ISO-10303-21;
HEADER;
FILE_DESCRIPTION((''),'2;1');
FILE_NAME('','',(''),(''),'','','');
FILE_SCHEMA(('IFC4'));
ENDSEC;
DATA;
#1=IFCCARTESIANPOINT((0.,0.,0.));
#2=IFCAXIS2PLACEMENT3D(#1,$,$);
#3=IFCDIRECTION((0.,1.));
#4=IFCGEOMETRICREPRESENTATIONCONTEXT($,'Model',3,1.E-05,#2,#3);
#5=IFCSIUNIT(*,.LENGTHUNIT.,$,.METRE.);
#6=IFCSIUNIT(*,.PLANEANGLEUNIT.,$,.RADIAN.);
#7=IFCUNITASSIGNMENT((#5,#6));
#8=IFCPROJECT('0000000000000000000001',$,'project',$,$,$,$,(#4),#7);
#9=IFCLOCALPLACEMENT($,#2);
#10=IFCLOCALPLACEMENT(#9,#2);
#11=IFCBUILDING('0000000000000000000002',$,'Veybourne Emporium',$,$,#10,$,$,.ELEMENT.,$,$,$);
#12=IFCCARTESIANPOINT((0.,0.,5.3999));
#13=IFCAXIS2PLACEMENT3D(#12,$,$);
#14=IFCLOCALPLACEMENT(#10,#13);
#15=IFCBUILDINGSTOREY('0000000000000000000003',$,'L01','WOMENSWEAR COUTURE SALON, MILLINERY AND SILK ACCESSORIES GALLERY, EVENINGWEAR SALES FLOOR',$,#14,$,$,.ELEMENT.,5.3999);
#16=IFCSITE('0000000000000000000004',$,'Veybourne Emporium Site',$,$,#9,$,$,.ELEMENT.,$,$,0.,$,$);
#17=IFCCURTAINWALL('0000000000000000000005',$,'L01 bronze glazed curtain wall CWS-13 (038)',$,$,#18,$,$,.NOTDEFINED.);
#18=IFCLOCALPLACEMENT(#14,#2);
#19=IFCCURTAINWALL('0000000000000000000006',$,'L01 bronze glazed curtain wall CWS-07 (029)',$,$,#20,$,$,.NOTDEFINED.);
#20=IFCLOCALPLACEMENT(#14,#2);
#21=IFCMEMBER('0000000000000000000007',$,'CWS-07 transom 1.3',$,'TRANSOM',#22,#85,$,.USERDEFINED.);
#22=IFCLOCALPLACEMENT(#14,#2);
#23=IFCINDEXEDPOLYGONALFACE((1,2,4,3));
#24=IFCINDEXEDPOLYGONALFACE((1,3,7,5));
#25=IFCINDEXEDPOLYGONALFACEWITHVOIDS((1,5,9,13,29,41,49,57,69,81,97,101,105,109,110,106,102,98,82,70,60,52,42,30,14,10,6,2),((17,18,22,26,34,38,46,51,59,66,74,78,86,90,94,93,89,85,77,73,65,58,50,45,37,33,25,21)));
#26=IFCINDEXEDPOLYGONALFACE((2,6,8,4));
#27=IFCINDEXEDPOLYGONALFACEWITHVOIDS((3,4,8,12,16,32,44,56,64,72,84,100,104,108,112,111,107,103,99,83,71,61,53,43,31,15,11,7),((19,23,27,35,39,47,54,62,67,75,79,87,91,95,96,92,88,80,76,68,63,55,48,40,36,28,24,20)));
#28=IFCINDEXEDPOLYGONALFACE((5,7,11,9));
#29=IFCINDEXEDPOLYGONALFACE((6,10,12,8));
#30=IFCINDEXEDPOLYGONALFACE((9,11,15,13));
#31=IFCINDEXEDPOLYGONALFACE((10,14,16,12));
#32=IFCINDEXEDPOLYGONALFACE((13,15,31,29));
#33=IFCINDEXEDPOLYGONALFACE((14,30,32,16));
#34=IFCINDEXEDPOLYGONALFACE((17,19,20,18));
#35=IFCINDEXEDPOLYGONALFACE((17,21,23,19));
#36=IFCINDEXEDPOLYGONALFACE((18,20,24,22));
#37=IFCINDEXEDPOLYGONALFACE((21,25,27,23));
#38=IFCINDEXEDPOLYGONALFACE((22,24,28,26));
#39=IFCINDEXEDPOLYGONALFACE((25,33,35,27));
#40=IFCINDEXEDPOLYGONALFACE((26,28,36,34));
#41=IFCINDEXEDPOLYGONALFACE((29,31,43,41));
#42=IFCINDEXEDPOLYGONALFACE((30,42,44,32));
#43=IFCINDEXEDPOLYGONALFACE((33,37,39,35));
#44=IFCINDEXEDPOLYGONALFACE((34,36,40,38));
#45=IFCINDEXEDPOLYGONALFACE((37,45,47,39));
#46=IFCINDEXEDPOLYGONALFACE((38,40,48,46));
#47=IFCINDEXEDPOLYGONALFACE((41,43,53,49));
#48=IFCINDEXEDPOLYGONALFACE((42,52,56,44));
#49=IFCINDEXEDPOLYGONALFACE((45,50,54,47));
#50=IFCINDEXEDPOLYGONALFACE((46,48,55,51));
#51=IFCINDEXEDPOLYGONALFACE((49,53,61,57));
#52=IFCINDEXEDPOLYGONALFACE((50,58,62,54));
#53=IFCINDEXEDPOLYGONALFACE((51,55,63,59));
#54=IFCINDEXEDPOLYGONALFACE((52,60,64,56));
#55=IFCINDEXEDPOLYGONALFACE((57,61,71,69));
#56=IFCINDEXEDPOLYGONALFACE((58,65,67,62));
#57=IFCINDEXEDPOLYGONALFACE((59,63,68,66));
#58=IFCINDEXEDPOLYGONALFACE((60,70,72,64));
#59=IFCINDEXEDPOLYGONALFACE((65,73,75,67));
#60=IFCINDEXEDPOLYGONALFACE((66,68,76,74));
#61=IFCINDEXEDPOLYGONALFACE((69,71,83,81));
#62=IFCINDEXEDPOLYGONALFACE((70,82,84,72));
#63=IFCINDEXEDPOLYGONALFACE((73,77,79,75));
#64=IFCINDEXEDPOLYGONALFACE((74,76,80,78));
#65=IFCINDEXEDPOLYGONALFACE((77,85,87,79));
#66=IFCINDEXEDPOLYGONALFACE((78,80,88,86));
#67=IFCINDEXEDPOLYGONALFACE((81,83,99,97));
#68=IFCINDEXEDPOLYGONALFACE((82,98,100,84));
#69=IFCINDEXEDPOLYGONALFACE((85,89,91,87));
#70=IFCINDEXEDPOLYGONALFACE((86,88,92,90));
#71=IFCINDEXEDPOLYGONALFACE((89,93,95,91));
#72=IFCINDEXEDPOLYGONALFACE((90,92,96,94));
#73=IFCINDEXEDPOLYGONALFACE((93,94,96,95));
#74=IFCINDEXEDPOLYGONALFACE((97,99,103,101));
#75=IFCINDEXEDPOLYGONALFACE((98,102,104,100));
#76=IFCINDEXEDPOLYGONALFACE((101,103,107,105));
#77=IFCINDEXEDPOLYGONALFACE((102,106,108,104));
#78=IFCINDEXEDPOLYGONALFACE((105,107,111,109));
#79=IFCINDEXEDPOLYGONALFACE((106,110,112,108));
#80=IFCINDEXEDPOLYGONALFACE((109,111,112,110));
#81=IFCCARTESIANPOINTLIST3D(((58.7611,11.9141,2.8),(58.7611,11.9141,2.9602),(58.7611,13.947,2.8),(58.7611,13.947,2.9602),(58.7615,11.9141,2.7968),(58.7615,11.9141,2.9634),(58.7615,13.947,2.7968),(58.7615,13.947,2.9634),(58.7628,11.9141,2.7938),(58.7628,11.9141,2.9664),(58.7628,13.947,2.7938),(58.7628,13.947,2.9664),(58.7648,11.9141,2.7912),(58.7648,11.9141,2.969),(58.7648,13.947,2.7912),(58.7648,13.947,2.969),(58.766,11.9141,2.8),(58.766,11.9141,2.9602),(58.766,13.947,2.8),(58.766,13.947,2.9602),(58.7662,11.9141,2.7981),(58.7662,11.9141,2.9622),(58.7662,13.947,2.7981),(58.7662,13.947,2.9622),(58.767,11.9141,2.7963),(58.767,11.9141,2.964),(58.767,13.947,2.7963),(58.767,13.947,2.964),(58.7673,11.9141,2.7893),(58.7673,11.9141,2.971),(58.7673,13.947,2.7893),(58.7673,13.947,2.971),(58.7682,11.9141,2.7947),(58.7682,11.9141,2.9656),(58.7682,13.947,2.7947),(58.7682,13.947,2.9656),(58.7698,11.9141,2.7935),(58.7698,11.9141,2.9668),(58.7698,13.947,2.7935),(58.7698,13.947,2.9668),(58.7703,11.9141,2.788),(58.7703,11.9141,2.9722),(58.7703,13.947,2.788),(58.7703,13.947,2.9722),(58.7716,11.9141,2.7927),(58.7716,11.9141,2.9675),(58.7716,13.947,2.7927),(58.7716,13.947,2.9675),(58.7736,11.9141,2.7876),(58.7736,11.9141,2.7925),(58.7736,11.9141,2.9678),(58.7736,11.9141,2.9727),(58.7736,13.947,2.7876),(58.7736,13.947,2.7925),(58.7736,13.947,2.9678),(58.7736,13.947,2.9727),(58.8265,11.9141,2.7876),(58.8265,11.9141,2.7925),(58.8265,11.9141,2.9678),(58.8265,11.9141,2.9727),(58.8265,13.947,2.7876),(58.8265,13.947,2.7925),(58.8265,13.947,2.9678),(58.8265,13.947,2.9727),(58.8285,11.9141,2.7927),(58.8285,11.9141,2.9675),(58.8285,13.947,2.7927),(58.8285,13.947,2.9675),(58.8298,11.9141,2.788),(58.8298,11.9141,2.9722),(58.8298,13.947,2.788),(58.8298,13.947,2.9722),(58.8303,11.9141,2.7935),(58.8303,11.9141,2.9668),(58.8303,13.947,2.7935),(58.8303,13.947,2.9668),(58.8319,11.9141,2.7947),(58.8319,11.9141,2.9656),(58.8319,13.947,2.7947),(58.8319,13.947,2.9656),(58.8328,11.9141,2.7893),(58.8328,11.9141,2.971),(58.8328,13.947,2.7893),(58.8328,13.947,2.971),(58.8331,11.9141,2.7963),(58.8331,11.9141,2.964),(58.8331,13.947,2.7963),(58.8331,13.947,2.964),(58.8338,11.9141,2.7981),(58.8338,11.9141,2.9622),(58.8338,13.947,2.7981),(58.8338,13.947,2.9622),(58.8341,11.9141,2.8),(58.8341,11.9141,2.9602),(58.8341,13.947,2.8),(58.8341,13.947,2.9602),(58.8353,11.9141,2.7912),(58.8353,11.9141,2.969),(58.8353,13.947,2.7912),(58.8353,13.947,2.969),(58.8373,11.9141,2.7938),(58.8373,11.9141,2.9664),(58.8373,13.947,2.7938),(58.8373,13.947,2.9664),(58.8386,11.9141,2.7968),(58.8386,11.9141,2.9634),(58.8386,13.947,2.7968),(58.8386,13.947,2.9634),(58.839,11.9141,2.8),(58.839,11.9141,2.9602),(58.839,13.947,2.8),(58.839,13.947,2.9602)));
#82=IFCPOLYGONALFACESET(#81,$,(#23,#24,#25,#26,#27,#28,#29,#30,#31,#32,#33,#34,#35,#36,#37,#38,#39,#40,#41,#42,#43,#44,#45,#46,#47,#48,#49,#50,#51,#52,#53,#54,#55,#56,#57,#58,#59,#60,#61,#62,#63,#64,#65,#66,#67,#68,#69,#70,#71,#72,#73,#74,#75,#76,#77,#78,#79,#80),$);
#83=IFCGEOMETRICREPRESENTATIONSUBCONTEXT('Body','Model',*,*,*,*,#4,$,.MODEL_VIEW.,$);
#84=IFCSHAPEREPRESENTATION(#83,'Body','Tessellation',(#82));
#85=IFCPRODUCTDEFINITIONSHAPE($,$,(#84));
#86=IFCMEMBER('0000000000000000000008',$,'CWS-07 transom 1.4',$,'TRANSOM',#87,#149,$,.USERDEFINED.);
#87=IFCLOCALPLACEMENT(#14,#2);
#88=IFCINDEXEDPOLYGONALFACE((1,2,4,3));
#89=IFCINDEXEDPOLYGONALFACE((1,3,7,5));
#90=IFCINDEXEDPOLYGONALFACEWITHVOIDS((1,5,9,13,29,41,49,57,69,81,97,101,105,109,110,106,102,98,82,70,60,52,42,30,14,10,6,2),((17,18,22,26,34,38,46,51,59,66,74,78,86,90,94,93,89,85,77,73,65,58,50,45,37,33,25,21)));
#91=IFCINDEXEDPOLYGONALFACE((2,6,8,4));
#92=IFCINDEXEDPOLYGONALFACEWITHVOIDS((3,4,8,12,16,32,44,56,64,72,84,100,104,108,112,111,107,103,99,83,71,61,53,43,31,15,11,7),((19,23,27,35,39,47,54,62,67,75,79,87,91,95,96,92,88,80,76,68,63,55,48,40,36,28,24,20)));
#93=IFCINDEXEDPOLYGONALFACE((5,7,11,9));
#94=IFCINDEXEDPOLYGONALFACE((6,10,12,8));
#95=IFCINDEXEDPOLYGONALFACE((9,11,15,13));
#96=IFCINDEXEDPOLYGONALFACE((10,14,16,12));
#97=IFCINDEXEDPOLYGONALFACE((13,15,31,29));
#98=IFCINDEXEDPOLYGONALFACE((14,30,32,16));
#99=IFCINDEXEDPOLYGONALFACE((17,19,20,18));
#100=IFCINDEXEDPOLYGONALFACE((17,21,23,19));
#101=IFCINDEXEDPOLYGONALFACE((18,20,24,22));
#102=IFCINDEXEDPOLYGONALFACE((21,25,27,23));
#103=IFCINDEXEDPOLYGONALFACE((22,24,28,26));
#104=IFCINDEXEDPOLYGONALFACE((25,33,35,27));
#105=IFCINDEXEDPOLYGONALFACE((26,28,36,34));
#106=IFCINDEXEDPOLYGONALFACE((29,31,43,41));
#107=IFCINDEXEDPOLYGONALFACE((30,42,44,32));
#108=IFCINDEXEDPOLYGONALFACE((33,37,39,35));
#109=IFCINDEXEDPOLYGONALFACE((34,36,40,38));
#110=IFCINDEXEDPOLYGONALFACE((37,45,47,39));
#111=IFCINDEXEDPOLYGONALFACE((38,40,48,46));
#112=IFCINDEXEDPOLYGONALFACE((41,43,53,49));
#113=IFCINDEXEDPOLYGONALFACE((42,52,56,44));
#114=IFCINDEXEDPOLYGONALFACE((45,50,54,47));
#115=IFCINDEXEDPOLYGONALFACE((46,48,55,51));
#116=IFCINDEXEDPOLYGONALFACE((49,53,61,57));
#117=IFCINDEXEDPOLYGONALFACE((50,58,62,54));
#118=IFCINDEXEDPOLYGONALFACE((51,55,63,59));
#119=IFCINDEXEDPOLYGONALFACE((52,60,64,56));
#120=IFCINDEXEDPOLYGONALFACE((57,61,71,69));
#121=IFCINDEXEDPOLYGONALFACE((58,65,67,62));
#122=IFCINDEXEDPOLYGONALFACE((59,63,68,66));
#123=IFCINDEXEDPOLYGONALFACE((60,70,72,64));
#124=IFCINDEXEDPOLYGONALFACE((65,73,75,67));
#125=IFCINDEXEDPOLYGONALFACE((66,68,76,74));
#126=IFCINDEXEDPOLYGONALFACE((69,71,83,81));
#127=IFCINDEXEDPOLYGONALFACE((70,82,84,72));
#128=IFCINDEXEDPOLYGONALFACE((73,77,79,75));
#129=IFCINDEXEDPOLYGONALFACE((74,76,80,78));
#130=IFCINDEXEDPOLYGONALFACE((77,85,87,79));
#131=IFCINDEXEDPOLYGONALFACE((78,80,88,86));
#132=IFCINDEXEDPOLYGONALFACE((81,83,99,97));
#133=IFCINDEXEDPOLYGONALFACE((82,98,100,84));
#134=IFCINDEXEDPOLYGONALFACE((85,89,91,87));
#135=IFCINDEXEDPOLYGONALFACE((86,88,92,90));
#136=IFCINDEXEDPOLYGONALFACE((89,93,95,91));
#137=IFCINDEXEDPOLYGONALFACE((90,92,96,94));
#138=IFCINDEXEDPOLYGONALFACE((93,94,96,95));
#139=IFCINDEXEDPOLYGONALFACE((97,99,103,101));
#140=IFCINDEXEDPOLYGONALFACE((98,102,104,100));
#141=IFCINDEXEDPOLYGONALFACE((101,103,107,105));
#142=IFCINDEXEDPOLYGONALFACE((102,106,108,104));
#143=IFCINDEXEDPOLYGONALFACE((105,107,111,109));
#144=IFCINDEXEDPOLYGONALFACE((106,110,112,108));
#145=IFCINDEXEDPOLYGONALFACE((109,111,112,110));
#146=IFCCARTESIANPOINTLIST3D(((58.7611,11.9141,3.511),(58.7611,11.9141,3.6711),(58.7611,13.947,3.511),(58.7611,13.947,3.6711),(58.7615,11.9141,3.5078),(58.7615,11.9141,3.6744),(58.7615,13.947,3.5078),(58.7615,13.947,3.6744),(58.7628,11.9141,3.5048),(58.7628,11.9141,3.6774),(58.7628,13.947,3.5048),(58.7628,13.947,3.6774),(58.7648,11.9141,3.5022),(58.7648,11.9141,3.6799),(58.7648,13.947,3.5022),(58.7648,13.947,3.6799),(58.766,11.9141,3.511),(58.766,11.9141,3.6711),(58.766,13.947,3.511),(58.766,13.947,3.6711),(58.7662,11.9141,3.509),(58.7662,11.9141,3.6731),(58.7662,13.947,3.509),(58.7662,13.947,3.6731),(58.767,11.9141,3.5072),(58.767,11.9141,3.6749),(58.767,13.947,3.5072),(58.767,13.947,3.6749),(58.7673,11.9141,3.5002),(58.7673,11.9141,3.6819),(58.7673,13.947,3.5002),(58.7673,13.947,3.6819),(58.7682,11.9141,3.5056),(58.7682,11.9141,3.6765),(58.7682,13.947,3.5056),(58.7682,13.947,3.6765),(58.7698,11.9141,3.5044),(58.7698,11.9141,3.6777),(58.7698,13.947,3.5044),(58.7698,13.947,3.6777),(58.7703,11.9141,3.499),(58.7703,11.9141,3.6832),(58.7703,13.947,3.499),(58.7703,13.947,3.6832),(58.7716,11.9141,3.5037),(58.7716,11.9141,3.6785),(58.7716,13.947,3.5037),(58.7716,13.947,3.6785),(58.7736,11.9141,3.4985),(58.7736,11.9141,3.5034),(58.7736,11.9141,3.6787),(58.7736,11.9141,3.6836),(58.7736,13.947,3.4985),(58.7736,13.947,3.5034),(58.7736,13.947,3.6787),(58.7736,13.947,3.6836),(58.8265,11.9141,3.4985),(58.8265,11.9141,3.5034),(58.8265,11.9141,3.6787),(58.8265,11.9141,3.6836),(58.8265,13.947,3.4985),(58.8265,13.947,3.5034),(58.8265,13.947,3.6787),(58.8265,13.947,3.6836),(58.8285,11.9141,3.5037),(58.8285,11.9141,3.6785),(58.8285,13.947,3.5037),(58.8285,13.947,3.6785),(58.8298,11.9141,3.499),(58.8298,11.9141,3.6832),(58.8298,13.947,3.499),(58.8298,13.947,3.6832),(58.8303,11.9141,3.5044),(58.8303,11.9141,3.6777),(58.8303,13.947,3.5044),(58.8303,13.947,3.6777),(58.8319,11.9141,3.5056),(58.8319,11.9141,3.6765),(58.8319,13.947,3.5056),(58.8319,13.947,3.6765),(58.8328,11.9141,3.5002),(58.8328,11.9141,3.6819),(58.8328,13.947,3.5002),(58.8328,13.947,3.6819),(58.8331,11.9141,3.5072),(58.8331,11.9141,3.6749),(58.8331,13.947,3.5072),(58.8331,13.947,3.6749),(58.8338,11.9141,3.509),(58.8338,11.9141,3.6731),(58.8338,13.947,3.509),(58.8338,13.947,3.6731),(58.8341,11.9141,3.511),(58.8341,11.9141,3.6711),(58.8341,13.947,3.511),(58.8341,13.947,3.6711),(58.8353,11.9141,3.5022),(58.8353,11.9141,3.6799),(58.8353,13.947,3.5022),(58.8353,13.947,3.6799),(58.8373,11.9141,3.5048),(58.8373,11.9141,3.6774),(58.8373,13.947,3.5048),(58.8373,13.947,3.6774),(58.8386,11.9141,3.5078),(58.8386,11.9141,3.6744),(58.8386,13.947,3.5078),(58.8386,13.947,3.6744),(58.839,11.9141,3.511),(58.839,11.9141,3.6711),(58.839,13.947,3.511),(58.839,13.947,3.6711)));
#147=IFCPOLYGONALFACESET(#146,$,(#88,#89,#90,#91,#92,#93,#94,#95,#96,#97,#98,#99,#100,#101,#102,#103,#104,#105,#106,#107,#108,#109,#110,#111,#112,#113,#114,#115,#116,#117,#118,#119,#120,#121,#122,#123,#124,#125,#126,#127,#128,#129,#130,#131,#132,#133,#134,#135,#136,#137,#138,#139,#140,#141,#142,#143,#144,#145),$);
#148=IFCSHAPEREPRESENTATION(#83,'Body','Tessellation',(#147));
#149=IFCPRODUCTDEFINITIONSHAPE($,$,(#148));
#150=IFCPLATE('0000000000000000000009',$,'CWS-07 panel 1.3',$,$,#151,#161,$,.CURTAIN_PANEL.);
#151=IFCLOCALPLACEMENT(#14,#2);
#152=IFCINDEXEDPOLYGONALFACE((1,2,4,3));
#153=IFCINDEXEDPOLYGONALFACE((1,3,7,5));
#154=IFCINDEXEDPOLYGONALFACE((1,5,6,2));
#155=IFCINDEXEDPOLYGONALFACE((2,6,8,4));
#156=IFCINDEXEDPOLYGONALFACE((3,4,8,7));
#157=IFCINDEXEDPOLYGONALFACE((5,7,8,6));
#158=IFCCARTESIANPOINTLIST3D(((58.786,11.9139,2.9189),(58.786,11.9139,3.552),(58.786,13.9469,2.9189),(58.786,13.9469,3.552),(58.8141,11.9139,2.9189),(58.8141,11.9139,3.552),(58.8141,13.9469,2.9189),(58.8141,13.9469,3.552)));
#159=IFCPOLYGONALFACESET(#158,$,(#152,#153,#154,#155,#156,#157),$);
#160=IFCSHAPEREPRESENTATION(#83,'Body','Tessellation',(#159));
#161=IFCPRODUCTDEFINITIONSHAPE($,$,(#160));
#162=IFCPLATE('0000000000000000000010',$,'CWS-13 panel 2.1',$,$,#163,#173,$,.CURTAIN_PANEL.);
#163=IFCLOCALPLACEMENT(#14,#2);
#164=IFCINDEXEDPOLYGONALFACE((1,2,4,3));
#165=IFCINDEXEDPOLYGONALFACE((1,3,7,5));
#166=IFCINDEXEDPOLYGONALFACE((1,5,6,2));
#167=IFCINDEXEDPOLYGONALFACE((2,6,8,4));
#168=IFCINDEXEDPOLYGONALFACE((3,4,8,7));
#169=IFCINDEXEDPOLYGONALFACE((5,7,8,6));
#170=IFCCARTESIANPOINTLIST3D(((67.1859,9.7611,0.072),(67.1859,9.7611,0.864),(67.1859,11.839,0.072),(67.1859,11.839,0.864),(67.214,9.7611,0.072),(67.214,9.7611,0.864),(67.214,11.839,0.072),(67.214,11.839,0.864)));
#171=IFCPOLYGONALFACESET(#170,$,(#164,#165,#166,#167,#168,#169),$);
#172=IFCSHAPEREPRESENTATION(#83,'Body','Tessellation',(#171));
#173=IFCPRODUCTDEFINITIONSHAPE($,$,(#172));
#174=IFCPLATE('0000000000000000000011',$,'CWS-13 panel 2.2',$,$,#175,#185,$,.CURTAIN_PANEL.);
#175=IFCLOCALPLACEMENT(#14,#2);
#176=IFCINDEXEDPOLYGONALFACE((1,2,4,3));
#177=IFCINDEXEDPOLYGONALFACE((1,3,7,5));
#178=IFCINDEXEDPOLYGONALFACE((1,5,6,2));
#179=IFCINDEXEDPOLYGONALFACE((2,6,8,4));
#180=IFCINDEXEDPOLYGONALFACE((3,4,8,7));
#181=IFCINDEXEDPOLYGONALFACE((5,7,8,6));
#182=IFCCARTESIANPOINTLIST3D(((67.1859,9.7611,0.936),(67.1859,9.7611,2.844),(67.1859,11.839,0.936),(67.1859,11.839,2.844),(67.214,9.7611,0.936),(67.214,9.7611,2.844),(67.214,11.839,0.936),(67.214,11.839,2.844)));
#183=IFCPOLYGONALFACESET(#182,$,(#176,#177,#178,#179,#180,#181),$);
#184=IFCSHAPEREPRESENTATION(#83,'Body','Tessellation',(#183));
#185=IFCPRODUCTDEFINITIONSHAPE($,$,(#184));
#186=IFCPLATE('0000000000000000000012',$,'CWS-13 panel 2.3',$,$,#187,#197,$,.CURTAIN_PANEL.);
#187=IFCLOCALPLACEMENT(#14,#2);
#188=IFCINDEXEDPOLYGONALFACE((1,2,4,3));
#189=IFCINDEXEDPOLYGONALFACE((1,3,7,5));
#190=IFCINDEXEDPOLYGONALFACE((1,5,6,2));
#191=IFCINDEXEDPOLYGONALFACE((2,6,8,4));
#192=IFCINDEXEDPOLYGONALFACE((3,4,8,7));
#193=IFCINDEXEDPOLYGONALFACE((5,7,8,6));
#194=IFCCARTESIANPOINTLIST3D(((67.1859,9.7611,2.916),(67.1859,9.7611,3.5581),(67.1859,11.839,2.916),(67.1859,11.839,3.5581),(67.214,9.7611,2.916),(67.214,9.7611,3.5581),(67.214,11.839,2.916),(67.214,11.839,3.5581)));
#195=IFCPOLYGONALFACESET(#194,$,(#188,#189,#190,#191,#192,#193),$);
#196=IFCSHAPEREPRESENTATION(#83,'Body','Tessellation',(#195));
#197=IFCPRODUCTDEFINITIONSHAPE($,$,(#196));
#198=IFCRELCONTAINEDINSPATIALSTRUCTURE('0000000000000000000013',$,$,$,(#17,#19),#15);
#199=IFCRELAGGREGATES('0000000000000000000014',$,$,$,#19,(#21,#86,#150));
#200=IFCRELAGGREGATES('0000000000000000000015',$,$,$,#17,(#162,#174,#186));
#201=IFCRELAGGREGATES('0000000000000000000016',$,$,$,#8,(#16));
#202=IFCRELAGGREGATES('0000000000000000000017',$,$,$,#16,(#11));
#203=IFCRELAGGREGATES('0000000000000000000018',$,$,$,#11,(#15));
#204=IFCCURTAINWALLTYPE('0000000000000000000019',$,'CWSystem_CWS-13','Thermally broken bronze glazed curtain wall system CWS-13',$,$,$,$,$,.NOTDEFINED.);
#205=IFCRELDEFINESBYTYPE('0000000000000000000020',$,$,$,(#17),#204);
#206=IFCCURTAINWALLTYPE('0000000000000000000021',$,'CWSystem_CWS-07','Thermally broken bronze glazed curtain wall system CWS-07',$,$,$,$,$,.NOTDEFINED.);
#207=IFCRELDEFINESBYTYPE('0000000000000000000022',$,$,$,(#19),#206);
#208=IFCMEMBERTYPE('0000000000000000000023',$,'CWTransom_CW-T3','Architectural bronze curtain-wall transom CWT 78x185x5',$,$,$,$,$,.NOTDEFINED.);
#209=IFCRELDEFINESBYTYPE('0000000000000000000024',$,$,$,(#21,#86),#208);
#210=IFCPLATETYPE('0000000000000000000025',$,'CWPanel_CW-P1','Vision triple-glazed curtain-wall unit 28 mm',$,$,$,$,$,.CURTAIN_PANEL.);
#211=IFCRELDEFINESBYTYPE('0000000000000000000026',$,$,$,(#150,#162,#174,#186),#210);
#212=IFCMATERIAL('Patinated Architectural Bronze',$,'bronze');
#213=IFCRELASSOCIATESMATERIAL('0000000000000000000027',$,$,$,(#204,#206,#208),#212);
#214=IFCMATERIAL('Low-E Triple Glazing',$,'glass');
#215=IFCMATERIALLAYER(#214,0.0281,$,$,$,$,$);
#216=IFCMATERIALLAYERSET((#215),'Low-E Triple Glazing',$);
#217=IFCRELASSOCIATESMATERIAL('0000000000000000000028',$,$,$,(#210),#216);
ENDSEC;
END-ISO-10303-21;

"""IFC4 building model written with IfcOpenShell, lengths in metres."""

from ifc_helpers import new_model, si_unit, direction, frame, origin, origin_2d, place, context, subcontext, project, spatial, rectangle, hollow_rectangle, extrude, material, layer, layer_set, material_profile, profile_set, type_object, element, aggregate, save


model = new_model("IFC4")

# Units and contexts
model_context = context("Model", 3, precision=1e-05, world=origin(), true_north=direction((0.0, 1.0)))
body_context = subcontext(model_context, "Body", "Model", "MODEL_VIEW")
ifc_project = project(units=[si_unit("LENGTHUNIT", "METRE"), si_unit("PLANEANGLEUNIT", "RADIAN")], contexts=[model_context])

# Site, building, storey
site_placement = place(None, origin())
site = spatial("IfcSite", under=ifc_project, at=site_placement, Name="Veybourne Emporium Site", CompositionType="ELEMENT", RefElevation=0.0)
building_placement = place(site_placement, origin())
building = spatial("IfcBuilding", under=site, at=building_placement, Name="Veybourne Emporium", CompositionType="ELEMENT")
storey_placement = place(building_placement, frame((0.0, 0.0, 5.3999)))
storey = spatial("IfcBuildingStorey", under=building, at=storey_placement, Name="L01", Description="WOMENSWEAR COUTURE SALON, MILLINERY AND SILK ACCESSORIES GALLERY, EVENINGWEAR SALES FLOOR", CompositionType="ELEMENT", Elevation=5.3999)

# Curtain wall
ifc_material_1 = material(Name="Patinated Architectural Bronze", Category="bronze")
curtain_wall_type_1 = type_object("IfcCurtainWallType", Name="CWSystem_CWS-13", Description="Thermally broken bronze glazed curtain wall system CWS-13", PredefinedType="NOTDEFINED", material=ifc_material_1)
curtain_wall_1_placement = place(storey_placement, origin())
curtain_wall_1 = element("IfcCurtainWall", 1, at=curtain_wall_1_placement, inside=storey, type_object=curtain_wall_type_1, Name="L01 bronze glazed curtain wall CWS-13 (038)", PredefinedType="NOTDEFINED")

# Curtain wall
curtain_wall_type_2 = type_object("IfcCurtainWallType", Name="CWSystem_CWS-07", Description="Thermally broken bronze glazed curtain wall system CWS-07", PredefinedType="NOTDEFINED", material=ifc_material_1)
curtain_wall_2_placement = place(storey_placement, origin())
curtain_wall_2 = element("IfcCurtainWall", 2, at=curtain_wall_2_placement, inside=storey, type_object=curtain_wall_type_2, Name="L01 bronze glazed curtain wall CWS-07 (029)", PredefinedType="NOTDEFINED")

# Members
ifc_material_profile_1 = material_profile(ifc_material_1, hollow_rectangle(XDim=0.0779, YDim=0.1851, WallThickness=0.0049, InnerFilletRadius=0.0076, OuterFilletRadius=0.0125, at=origin_2d()), Name="CWT 78x185x5")
ifc_profile_set_1 = profile_set([ifc_material_profile_1], Name="Patinated Architectural Bronze")
member_type_1 = type_object("IfcMemberType", Name="CWTransom_CW-T3", Description="Architectural bronze curtain-wall transom CWT 78x185x5", PredefinedType="NOTDEFINED", material=ifc_profile_set_1)
member_1_placement = place(storey_placement, frame((58.8, 13.947, 2.8801), z_axis=(0.0, -1.0, 0.0), x_axis=(1.0, 0.0, 0.0)))
member_1 = element("IfcMember", 3, at=member_1_placement, type_object=member_type_1, Name="CWS-07 transom 1.3", ObjectType="TRANSOM", PredefinedType="USERDEFINED", context=body_context, shape_type="SweptSolid", body=[
    extrude(hollow_rectangle(XDim=0.0779, YDim=0.1851, WallThickness=0.0049, InnerFilletRadius=0.0076, OuterFilletRadius=0.0125, at=origin_2d()), origin(), (0.0, 0.0, 1.0), 2.033),
])
member_2_placement = place(storey_placement, frame((58.8, 13.947, 3.5911), z_axis=(0.0, -1.0, 0.0), x_axis=(1.0, 0.0, 0.0)))
member_2 = element("IfcMember", 4, at=member_2_placement, type_object=member_type_1, Name="CWS-07 transom 1.4", ObjectType="TRANSOM", PredefinedType="USERDEFINED", context=body_context, shape_type="SweptSolid", body=[
    extrude(hollow_rectangle(XDim=0.0779, YDim=0.1851, WallThickness=0.0049, InnerFilletRadius=0.0076, OuterFilletRadius=0.0125, at=origin_2d()), origin(), (0.0, 0.0, 1.0), 2.033),
])

# Plates
ifc_material_2 = material(Name="Low-E Triple Glazing", Category="glass")
ifc_layer = layer(ifc_material_2, 0.0281)
ifc_layer_set = layer_set([ifc_layer], Name="Low-E Triple Glazing")
plate_type = type_object("IfcPlateType", Name="CWPanel_CW-P1", Description="Vision triple-glazed curtain-wall unit 28 mm", PredefinedType="CURTAIN_PANEL", material=ifc_layer_set)
plate_1_placement = place(storey_placement, frame((58.8, 12.9304, 2.9189), z_axis=(0.0, 0.0, 1.0), x_axis=(0.0, -1.0, 0.0)))
plate_1 = element("IfcPlate", 5, at=plate_1_placement, type_object=plate_type, Name="CWS-07 panel 1.3", PredefinedType="CURTAIN_PANEL", context=body_context, shape_type="SweptSolid", body=[
    extrude(rectangle(XDim=2.033, YDim=0.0281, at=origin_2d()), origin(), (0.0, 0.0, 1.0), 0.6331),
])
aggregate(curtain_wall_2, [member_1, member_2, plate_1])
plate_2_placement = place(storey_placement, frame((67.2, 10.8, 0.072), z_axis=(0.0, 0.0, 1.0), x_axis=(0.0, 1.0, 0.0)))
plate_2 = element("IfcPlate", 6, at=plate_2_placement, type_object=plate_type, Name="CWS-13 panel 2.1", PredefinedType="CURTAIN_PANEL", context=body_context, shape_type="SweptSolid", body=[
    extrude(rectangle(XDim=2.0779, YDim=0.0281, at=origin_2d()), origin(), (0.0, 0.0, 1.0), 0.792),
])
plate_3_placement = place(storey_placement, frame((67.2, 10.8, 0.936), z_axis=(0.0, 0.0, 1.0), x_axis=(0.0, 1.0, 0.0)))
plate_3 = element("IfcPlate", 7, at=plate_3_placement, type_object=plate_type, Name="CWS-13 panel 2.2", PredefinedType="CURTAIN_PANEL", context=body_context, shape_type="SweptSolid", body=[
    extrude(rectangle(XDim=2.0779, YDim=0.0281, at=origin_2d()), origin(), (0.0, 0.0, 1.0), 1.908),
])
plate_4_placement = place(storey_placement, frame((67.2, 10.8, 2.916), z_axis=(0.0, 0.0, 1.0), x_axis=(0.0, 1.0, 0.0)))
plate_4 = element("IfcPlate", 8, at=plate_4_placement, type_object=plate_type, Name="CWS-13 panel 2.3", PredefinedType="CURTAIN_PANEL", context=body_context, shape_type="SweptSolid", body=[
    extrude(rectangle(XDim=2.0779, YDim=0.0281, at=origin_2d()), origin(), (0.0, 0.0, 1.0), 0.6421),
])
aggregate(curtain_wall_1, [plate_2, plate_3, plate_4])

save(model, "model.ifc")
